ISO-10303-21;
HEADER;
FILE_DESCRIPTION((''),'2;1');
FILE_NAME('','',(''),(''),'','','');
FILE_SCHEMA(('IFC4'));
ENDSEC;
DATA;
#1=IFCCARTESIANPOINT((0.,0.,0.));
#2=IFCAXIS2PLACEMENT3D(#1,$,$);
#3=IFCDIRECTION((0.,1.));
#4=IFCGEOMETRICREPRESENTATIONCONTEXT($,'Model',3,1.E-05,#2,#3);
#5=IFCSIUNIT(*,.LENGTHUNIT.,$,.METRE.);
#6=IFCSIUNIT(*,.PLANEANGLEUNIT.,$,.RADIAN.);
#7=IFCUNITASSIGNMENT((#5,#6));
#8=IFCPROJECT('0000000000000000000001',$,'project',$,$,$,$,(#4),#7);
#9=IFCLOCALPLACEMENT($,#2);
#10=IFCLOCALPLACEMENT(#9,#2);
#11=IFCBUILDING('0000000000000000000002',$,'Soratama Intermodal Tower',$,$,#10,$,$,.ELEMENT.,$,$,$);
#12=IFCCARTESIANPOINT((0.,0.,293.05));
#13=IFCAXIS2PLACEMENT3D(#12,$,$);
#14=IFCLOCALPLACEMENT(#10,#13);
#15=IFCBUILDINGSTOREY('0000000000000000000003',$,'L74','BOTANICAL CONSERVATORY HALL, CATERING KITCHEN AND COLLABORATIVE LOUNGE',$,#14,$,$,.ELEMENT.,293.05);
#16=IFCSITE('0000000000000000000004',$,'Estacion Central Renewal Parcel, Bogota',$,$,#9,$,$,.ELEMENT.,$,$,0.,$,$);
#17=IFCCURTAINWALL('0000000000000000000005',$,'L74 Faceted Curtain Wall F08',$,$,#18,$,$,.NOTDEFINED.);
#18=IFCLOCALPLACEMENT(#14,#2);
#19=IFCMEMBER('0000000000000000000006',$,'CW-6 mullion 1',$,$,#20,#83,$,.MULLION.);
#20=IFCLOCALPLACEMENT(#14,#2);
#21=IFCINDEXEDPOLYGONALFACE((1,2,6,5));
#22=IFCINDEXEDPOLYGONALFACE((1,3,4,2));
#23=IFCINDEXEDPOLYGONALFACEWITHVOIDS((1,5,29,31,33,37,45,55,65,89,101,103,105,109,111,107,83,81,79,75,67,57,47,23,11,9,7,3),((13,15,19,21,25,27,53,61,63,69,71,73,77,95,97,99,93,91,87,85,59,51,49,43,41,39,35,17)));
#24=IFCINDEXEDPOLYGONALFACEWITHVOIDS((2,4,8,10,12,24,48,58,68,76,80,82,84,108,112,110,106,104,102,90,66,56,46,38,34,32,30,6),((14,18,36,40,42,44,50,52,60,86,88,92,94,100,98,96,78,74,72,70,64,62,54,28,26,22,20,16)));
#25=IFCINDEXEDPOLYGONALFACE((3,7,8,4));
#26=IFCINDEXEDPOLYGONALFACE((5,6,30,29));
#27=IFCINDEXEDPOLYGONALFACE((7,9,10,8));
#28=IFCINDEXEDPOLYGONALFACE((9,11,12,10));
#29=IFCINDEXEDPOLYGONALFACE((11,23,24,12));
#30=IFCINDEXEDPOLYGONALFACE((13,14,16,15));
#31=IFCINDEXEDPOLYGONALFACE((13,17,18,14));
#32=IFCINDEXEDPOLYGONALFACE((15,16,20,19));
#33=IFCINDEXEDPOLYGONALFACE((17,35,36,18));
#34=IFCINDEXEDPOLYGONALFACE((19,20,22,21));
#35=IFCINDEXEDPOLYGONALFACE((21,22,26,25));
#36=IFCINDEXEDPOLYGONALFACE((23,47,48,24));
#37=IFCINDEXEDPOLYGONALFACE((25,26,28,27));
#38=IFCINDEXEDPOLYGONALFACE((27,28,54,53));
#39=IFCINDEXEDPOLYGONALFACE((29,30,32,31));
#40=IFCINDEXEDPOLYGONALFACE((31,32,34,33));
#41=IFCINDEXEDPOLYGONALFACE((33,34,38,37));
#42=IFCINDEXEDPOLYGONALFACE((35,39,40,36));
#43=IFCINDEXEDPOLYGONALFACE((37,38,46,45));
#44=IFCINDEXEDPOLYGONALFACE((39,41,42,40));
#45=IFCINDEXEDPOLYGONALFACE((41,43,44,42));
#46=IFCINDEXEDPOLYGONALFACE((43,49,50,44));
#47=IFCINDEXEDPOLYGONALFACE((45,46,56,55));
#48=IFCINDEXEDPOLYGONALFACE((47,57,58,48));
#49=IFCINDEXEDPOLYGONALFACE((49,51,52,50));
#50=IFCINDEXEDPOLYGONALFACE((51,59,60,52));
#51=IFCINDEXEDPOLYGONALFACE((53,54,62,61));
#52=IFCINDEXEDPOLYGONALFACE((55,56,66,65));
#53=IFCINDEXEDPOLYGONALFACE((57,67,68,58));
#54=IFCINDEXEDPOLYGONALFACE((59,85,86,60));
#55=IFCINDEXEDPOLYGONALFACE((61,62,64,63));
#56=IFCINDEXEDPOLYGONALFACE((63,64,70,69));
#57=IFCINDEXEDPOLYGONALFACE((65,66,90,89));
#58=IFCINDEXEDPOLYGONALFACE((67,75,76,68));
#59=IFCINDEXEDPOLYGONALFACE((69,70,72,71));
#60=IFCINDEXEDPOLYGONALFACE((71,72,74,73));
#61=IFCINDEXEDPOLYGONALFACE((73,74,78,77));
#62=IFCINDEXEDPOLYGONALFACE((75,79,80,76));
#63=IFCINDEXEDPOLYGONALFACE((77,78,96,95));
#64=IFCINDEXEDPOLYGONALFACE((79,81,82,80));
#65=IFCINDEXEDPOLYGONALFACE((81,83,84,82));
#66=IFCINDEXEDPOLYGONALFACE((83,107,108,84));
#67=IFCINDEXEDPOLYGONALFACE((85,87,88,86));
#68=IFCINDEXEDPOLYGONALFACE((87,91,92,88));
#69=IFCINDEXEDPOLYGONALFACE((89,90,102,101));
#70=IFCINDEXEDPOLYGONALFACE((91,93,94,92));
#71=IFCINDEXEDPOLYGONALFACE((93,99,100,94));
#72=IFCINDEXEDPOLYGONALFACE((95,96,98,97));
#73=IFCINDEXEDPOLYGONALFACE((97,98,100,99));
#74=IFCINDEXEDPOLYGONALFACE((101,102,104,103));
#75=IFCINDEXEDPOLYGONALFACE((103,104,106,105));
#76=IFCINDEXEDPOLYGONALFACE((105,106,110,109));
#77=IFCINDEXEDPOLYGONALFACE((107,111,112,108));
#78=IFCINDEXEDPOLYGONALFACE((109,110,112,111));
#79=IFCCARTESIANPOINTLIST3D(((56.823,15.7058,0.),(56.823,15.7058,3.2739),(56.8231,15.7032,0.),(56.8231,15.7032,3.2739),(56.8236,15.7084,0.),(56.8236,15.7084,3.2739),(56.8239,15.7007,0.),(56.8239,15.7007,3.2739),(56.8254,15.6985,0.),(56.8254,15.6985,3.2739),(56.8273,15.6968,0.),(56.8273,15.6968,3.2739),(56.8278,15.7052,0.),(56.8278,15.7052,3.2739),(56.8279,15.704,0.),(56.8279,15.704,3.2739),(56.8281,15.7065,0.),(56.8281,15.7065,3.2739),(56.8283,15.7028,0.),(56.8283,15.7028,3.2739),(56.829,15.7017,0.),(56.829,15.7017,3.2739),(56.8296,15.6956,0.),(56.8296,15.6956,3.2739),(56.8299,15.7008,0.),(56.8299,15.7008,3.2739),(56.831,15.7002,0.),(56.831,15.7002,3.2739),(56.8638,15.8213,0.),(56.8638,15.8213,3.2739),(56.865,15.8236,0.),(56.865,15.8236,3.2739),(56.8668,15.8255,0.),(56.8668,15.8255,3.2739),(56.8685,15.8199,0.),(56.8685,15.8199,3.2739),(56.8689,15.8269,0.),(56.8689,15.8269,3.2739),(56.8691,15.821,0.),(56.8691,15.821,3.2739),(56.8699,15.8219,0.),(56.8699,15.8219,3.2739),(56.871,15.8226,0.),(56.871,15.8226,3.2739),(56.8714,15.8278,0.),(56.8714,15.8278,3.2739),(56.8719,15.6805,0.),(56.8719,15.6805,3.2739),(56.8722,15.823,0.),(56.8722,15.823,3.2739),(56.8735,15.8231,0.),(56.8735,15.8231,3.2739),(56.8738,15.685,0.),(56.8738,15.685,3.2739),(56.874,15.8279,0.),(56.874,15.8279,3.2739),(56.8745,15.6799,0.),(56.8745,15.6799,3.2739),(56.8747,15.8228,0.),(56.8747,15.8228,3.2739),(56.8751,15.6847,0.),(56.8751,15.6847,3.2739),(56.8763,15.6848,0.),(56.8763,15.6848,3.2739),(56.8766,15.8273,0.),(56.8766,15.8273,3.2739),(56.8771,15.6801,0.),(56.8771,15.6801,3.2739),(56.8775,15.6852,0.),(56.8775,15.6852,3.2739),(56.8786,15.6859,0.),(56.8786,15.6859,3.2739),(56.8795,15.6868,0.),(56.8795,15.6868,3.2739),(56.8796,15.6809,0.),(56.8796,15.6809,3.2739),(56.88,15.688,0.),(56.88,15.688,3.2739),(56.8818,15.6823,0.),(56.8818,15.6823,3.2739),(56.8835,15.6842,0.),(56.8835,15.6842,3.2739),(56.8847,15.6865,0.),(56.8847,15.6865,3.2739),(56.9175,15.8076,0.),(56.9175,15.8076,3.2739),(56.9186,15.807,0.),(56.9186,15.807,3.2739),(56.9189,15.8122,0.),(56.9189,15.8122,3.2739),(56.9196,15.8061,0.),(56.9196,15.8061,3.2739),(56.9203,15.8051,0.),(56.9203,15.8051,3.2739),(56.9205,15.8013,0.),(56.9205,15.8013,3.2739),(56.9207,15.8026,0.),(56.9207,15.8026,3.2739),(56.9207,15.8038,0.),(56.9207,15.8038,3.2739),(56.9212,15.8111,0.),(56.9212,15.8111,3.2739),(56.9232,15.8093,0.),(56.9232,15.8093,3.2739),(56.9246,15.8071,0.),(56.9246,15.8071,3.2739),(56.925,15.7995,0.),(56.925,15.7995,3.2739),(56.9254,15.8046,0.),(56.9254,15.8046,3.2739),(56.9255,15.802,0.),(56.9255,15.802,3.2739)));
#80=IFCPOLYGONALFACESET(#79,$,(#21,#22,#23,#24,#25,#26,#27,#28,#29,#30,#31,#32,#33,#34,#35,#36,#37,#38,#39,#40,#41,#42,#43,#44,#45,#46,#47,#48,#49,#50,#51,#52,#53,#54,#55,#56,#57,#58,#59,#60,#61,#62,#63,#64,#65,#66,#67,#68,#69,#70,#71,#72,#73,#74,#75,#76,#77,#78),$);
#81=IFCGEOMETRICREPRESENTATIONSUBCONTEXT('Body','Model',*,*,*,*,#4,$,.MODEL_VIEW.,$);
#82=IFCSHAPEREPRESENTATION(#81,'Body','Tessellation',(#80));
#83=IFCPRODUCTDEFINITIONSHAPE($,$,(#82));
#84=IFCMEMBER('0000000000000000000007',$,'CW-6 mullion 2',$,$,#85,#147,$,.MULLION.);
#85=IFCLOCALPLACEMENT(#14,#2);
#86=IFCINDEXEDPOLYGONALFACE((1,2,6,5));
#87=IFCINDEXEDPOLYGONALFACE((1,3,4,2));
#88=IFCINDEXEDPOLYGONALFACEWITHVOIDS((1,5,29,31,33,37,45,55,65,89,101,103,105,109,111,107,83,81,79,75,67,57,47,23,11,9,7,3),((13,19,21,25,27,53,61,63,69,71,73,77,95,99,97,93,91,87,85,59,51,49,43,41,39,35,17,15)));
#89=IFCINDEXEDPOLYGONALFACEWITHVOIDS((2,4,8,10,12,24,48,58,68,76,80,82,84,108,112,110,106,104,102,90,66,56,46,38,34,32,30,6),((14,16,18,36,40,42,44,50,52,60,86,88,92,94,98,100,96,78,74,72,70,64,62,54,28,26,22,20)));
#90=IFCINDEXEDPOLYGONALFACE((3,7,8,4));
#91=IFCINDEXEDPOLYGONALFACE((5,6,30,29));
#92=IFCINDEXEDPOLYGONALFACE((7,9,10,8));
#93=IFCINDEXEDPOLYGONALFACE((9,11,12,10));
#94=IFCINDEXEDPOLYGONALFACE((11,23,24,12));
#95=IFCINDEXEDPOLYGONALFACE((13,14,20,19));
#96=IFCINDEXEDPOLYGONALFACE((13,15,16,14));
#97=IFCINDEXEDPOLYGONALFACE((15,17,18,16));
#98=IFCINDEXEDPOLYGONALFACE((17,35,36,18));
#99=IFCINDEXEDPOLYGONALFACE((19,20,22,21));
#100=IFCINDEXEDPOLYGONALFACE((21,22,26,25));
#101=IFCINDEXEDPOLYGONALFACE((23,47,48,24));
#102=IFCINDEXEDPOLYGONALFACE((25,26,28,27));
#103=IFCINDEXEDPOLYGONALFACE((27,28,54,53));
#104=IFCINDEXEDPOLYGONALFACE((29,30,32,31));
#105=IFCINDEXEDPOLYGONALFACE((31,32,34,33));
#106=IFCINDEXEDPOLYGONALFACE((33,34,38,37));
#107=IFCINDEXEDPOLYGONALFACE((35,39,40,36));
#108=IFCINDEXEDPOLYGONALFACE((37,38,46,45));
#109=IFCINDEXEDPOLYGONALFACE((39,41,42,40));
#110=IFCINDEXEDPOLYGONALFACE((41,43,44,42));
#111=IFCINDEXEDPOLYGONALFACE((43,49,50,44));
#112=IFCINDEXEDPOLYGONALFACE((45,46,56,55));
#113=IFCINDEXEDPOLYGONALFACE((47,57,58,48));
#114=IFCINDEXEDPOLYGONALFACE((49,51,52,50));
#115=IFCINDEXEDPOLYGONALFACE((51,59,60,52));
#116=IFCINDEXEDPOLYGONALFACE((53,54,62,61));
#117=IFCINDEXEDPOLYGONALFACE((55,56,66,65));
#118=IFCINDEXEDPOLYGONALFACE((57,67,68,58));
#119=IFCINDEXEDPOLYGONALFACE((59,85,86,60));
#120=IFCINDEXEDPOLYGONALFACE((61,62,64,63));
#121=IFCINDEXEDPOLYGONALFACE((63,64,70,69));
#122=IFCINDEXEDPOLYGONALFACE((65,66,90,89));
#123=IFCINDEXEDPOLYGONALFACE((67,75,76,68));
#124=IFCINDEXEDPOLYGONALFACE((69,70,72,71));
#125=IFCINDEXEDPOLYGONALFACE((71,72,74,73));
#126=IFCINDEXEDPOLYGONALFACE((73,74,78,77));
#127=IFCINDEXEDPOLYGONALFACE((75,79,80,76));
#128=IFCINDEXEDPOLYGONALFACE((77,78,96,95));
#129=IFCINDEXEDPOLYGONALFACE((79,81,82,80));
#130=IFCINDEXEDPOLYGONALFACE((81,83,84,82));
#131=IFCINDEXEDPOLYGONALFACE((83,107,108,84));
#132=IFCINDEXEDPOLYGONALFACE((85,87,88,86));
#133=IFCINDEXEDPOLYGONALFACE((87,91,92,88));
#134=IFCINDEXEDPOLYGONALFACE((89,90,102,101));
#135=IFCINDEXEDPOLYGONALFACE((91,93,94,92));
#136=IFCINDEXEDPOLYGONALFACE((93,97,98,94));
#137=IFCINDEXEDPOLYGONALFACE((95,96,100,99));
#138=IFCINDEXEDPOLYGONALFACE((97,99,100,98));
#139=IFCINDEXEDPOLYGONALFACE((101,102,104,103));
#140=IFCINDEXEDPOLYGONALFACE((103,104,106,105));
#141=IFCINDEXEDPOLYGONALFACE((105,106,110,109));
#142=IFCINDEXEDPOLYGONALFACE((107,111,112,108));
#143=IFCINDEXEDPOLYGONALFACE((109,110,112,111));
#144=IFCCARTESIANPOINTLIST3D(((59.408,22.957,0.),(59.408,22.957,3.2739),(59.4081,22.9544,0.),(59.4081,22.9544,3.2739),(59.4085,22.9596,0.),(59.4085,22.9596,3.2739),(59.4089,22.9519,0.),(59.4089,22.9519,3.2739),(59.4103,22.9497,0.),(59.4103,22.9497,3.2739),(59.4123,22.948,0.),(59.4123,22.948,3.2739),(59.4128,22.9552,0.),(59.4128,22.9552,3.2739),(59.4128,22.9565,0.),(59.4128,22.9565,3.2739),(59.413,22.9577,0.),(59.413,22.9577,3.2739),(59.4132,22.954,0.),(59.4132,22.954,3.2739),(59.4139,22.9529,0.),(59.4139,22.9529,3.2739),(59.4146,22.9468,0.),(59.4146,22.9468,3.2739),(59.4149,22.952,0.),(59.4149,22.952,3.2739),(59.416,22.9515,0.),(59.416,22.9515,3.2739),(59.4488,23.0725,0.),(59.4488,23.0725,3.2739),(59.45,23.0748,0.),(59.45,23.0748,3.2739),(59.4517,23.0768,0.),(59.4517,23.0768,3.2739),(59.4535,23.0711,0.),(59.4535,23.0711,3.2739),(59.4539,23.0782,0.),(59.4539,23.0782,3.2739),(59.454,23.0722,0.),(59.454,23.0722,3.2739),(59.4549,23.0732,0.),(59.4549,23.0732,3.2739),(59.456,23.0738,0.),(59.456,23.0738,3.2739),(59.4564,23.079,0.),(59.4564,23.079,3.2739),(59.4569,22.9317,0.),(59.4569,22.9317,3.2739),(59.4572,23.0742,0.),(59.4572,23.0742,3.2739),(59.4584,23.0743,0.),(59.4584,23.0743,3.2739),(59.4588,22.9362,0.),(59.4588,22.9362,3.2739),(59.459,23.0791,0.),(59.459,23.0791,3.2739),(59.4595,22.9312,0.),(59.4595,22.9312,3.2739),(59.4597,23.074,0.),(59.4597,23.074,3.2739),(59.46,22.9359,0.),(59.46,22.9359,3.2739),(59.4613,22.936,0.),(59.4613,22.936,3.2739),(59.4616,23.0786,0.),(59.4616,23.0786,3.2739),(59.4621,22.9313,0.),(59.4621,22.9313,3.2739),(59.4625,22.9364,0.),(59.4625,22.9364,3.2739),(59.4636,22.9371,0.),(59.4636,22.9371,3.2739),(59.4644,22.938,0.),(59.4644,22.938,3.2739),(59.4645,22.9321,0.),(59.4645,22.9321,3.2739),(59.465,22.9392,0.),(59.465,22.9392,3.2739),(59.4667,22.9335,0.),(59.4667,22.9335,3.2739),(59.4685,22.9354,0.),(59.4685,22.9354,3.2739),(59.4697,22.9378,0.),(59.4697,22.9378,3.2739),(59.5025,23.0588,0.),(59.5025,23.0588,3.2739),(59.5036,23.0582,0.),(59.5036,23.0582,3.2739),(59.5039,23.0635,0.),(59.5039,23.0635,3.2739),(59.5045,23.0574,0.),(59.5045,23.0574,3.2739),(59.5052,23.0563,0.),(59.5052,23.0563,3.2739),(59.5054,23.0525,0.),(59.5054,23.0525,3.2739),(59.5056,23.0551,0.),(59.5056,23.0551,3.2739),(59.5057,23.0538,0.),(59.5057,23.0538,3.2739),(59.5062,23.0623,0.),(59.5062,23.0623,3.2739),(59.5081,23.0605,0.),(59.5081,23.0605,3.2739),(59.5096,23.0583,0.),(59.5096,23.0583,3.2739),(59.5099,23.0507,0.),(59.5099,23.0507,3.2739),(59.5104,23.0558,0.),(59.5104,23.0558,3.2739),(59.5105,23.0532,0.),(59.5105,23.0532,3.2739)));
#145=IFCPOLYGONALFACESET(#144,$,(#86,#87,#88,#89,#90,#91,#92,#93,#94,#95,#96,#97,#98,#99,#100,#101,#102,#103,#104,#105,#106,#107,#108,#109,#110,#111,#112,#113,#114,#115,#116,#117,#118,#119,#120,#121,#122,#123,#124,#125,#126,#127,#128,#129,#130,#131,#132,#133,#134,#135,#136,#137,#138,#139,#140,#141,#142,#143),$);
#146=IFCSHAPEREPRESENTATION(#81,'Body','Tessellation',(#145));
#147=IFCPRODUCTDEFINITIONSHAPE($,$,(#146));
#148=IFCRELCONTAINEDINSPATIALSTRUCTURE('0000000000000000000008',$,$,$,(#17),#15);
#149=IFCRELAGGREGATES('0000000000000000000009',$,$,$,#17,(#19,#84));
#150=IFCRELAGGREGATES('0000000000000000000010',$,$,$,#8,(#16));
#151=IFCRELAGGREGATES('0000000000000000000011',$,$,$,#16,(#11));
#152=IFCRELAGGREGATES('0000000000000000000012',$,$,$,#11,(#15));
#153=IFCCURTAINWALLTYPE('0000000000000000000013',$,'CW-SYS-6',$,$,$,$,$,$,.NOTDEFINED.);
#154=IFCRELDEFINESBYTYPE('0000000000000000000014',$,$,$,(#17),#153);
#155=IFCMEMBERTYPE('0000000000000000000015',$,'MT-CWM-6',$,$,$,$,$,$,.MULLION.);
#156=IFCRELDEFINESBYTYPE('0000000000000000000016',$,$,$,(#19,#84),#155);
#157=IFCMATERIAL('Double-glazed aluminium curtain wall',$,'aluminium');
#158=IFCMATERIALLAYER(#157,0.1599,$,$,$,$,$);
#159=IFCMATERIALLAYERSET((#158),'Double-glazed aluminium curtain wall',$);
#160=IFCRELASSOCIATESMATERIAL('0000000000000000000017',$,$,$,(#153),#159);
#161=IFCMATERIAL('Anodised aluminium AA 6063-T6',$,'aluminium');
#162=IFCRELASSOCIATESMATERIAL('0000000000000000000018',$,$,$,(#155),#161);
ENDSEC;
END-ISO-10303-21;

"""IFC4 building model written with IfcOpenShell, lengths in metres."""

from ifc_helpers import new_model, si_unit, direction, frame, origin, origin_2d, place, context, subcontext, project, spatial, hollow_rectangle, extrude, material, layer, layer_set, material_profile, profile_set, type_object, element, aggregate, save


model = new_model("IFC4")

# Units and contexts
model_context = context("Model", 3, precision=1e-05, world=origin(), true_north=direction((0.0, 1.0)))
body_context = subcontext(model_context, "Body", "Model", "MODEL_VIEW")
ifc_project = project(units=[si_unit("LENGTHUNIT", "METRE"), si_unit("PLANEANGLEUNIT", "RADIAN")], contexts=[model_context])

# Site, building, storey
site_placement = place(None, origin())
site = spatial("IfcSite", under=ifc_project, at=site_placement, Name="Estacion Central Renewal Parcel, Bogota", CompositionType="ELEMENT", RefElevation=0.0)
building_placement = place(site_placement, origin())
building = spatial("IfcBuilding", under=site, at=building_placement, Name="Soratama Intermodal Tower", CompositionType="ELEMENT")
storey_placement = place(building_placement, frame((0.0, 0.0, 293.05)))
storey = spatial("IfcBuildingStorey", under=building, at=storey_placement, Name="L74", Description="BOTANICAL CONSERVATORY HALL, CATERING KITCHEN AND COLLABORATIVE LOUNGE", CompositionType="ELEMENT", Elevation=293.05)

# Curtain wall, members
ifc_material_1 = material(Name="Double-glazed aluminium curtain wall", Category="aluminium")
ifc_layer_1 = layer(ifc_material_1, 0.1599)
ifc_layer_set_1 = layer_set([ifc_layer_1], Name="Double-glazed aluminium curtain wall")
curtain_wall_type = type_object("IfcCurtainWallType", Name="CW-SYS-6", PredefinedType="NOTDEFINED", material=ifc_layer_set_1)
ifc_material_2 = material(Name="Anodised aluminium AA 6063-T6", Category="aluminium")
ifc_material_profile_1 = material_profile(ifc_material_2, hollow_rectangle(XDim=0.0649, YDim=0.1399, WallThickness=0.0049, InnerFilletRadius=0.0049, OuterFilletRadius=0.01, at=origin_2d()), Name="CWM140X65X5")
ifc_profile_set_1 = profile_set([ifc_material_profile_1], Name="Anodised aluminium AA 6063-T6")
member_type_1 = type_object("IfcMemberType", Name="MT-CWM-6", PredefinedType="MULLION", material=ifc_profile_set_1)
curtain_wall_1_placement = place(storey_placement, origin())
curtain_wall_1 = element("IfcCurtainWall", 1, at=curtain_wall_1_placement, inside=storey, type_object=curtain_wall_type, Name="L74 Faceted Curtain Wall F08", PredefinedType="NOTDEFINED")
member_1_placement = place(storey_placement, frame((56.8743, 15.7539, 0.0), z_axis=(0.0, 0.0, 1.0), x_axis=(-0.941939, 0.335784, 0.0)))
member_1 = element("IfcMember", 2, at=member_1_placement, type_object=member_type_1, Name="CW-6 mullion 1", PredefinedType="MULLION", context=body_context, shape_type="SweptSolid", body=[
    extrude(hollow_rectangle(XDim=0.0649, YDim=0.1399, WallThickness=0.0049, InnerFilletRadius=0.0049, OuterFilletRadius=0.01, at=origin_2d()), origin(), (0.0, 0.0, 1.0), 3.2739),
])
member_2_placement = place(storey_placement, frame((59.4592, 23.0051, 0.0), z_axis=(0.0, 0.0, 1.0), x_axis=(-0.941939, 0.335784, 0.0)))
member_2 = element("IfcMember", 3, at=member_2_placement, type_object=member_type_1, Name="CW-6 mullion 2", PredefinedType="MULLION", context=body_context, shape_type="SweptSolid", body=[
    extrude(hollow_rectangle(XDim=0.0649, YDim=0.1399, WallThickness=0.0049, InnerFilletRadius=0.0049, OuterFilletRadius=0.01, at=origin_2d()), origin(), (0.0, 0.0, 1.0), 3.2739),
])

aggregate(curtain_wall_1, [member_1, member_2])

save(model, "model.ifc")
